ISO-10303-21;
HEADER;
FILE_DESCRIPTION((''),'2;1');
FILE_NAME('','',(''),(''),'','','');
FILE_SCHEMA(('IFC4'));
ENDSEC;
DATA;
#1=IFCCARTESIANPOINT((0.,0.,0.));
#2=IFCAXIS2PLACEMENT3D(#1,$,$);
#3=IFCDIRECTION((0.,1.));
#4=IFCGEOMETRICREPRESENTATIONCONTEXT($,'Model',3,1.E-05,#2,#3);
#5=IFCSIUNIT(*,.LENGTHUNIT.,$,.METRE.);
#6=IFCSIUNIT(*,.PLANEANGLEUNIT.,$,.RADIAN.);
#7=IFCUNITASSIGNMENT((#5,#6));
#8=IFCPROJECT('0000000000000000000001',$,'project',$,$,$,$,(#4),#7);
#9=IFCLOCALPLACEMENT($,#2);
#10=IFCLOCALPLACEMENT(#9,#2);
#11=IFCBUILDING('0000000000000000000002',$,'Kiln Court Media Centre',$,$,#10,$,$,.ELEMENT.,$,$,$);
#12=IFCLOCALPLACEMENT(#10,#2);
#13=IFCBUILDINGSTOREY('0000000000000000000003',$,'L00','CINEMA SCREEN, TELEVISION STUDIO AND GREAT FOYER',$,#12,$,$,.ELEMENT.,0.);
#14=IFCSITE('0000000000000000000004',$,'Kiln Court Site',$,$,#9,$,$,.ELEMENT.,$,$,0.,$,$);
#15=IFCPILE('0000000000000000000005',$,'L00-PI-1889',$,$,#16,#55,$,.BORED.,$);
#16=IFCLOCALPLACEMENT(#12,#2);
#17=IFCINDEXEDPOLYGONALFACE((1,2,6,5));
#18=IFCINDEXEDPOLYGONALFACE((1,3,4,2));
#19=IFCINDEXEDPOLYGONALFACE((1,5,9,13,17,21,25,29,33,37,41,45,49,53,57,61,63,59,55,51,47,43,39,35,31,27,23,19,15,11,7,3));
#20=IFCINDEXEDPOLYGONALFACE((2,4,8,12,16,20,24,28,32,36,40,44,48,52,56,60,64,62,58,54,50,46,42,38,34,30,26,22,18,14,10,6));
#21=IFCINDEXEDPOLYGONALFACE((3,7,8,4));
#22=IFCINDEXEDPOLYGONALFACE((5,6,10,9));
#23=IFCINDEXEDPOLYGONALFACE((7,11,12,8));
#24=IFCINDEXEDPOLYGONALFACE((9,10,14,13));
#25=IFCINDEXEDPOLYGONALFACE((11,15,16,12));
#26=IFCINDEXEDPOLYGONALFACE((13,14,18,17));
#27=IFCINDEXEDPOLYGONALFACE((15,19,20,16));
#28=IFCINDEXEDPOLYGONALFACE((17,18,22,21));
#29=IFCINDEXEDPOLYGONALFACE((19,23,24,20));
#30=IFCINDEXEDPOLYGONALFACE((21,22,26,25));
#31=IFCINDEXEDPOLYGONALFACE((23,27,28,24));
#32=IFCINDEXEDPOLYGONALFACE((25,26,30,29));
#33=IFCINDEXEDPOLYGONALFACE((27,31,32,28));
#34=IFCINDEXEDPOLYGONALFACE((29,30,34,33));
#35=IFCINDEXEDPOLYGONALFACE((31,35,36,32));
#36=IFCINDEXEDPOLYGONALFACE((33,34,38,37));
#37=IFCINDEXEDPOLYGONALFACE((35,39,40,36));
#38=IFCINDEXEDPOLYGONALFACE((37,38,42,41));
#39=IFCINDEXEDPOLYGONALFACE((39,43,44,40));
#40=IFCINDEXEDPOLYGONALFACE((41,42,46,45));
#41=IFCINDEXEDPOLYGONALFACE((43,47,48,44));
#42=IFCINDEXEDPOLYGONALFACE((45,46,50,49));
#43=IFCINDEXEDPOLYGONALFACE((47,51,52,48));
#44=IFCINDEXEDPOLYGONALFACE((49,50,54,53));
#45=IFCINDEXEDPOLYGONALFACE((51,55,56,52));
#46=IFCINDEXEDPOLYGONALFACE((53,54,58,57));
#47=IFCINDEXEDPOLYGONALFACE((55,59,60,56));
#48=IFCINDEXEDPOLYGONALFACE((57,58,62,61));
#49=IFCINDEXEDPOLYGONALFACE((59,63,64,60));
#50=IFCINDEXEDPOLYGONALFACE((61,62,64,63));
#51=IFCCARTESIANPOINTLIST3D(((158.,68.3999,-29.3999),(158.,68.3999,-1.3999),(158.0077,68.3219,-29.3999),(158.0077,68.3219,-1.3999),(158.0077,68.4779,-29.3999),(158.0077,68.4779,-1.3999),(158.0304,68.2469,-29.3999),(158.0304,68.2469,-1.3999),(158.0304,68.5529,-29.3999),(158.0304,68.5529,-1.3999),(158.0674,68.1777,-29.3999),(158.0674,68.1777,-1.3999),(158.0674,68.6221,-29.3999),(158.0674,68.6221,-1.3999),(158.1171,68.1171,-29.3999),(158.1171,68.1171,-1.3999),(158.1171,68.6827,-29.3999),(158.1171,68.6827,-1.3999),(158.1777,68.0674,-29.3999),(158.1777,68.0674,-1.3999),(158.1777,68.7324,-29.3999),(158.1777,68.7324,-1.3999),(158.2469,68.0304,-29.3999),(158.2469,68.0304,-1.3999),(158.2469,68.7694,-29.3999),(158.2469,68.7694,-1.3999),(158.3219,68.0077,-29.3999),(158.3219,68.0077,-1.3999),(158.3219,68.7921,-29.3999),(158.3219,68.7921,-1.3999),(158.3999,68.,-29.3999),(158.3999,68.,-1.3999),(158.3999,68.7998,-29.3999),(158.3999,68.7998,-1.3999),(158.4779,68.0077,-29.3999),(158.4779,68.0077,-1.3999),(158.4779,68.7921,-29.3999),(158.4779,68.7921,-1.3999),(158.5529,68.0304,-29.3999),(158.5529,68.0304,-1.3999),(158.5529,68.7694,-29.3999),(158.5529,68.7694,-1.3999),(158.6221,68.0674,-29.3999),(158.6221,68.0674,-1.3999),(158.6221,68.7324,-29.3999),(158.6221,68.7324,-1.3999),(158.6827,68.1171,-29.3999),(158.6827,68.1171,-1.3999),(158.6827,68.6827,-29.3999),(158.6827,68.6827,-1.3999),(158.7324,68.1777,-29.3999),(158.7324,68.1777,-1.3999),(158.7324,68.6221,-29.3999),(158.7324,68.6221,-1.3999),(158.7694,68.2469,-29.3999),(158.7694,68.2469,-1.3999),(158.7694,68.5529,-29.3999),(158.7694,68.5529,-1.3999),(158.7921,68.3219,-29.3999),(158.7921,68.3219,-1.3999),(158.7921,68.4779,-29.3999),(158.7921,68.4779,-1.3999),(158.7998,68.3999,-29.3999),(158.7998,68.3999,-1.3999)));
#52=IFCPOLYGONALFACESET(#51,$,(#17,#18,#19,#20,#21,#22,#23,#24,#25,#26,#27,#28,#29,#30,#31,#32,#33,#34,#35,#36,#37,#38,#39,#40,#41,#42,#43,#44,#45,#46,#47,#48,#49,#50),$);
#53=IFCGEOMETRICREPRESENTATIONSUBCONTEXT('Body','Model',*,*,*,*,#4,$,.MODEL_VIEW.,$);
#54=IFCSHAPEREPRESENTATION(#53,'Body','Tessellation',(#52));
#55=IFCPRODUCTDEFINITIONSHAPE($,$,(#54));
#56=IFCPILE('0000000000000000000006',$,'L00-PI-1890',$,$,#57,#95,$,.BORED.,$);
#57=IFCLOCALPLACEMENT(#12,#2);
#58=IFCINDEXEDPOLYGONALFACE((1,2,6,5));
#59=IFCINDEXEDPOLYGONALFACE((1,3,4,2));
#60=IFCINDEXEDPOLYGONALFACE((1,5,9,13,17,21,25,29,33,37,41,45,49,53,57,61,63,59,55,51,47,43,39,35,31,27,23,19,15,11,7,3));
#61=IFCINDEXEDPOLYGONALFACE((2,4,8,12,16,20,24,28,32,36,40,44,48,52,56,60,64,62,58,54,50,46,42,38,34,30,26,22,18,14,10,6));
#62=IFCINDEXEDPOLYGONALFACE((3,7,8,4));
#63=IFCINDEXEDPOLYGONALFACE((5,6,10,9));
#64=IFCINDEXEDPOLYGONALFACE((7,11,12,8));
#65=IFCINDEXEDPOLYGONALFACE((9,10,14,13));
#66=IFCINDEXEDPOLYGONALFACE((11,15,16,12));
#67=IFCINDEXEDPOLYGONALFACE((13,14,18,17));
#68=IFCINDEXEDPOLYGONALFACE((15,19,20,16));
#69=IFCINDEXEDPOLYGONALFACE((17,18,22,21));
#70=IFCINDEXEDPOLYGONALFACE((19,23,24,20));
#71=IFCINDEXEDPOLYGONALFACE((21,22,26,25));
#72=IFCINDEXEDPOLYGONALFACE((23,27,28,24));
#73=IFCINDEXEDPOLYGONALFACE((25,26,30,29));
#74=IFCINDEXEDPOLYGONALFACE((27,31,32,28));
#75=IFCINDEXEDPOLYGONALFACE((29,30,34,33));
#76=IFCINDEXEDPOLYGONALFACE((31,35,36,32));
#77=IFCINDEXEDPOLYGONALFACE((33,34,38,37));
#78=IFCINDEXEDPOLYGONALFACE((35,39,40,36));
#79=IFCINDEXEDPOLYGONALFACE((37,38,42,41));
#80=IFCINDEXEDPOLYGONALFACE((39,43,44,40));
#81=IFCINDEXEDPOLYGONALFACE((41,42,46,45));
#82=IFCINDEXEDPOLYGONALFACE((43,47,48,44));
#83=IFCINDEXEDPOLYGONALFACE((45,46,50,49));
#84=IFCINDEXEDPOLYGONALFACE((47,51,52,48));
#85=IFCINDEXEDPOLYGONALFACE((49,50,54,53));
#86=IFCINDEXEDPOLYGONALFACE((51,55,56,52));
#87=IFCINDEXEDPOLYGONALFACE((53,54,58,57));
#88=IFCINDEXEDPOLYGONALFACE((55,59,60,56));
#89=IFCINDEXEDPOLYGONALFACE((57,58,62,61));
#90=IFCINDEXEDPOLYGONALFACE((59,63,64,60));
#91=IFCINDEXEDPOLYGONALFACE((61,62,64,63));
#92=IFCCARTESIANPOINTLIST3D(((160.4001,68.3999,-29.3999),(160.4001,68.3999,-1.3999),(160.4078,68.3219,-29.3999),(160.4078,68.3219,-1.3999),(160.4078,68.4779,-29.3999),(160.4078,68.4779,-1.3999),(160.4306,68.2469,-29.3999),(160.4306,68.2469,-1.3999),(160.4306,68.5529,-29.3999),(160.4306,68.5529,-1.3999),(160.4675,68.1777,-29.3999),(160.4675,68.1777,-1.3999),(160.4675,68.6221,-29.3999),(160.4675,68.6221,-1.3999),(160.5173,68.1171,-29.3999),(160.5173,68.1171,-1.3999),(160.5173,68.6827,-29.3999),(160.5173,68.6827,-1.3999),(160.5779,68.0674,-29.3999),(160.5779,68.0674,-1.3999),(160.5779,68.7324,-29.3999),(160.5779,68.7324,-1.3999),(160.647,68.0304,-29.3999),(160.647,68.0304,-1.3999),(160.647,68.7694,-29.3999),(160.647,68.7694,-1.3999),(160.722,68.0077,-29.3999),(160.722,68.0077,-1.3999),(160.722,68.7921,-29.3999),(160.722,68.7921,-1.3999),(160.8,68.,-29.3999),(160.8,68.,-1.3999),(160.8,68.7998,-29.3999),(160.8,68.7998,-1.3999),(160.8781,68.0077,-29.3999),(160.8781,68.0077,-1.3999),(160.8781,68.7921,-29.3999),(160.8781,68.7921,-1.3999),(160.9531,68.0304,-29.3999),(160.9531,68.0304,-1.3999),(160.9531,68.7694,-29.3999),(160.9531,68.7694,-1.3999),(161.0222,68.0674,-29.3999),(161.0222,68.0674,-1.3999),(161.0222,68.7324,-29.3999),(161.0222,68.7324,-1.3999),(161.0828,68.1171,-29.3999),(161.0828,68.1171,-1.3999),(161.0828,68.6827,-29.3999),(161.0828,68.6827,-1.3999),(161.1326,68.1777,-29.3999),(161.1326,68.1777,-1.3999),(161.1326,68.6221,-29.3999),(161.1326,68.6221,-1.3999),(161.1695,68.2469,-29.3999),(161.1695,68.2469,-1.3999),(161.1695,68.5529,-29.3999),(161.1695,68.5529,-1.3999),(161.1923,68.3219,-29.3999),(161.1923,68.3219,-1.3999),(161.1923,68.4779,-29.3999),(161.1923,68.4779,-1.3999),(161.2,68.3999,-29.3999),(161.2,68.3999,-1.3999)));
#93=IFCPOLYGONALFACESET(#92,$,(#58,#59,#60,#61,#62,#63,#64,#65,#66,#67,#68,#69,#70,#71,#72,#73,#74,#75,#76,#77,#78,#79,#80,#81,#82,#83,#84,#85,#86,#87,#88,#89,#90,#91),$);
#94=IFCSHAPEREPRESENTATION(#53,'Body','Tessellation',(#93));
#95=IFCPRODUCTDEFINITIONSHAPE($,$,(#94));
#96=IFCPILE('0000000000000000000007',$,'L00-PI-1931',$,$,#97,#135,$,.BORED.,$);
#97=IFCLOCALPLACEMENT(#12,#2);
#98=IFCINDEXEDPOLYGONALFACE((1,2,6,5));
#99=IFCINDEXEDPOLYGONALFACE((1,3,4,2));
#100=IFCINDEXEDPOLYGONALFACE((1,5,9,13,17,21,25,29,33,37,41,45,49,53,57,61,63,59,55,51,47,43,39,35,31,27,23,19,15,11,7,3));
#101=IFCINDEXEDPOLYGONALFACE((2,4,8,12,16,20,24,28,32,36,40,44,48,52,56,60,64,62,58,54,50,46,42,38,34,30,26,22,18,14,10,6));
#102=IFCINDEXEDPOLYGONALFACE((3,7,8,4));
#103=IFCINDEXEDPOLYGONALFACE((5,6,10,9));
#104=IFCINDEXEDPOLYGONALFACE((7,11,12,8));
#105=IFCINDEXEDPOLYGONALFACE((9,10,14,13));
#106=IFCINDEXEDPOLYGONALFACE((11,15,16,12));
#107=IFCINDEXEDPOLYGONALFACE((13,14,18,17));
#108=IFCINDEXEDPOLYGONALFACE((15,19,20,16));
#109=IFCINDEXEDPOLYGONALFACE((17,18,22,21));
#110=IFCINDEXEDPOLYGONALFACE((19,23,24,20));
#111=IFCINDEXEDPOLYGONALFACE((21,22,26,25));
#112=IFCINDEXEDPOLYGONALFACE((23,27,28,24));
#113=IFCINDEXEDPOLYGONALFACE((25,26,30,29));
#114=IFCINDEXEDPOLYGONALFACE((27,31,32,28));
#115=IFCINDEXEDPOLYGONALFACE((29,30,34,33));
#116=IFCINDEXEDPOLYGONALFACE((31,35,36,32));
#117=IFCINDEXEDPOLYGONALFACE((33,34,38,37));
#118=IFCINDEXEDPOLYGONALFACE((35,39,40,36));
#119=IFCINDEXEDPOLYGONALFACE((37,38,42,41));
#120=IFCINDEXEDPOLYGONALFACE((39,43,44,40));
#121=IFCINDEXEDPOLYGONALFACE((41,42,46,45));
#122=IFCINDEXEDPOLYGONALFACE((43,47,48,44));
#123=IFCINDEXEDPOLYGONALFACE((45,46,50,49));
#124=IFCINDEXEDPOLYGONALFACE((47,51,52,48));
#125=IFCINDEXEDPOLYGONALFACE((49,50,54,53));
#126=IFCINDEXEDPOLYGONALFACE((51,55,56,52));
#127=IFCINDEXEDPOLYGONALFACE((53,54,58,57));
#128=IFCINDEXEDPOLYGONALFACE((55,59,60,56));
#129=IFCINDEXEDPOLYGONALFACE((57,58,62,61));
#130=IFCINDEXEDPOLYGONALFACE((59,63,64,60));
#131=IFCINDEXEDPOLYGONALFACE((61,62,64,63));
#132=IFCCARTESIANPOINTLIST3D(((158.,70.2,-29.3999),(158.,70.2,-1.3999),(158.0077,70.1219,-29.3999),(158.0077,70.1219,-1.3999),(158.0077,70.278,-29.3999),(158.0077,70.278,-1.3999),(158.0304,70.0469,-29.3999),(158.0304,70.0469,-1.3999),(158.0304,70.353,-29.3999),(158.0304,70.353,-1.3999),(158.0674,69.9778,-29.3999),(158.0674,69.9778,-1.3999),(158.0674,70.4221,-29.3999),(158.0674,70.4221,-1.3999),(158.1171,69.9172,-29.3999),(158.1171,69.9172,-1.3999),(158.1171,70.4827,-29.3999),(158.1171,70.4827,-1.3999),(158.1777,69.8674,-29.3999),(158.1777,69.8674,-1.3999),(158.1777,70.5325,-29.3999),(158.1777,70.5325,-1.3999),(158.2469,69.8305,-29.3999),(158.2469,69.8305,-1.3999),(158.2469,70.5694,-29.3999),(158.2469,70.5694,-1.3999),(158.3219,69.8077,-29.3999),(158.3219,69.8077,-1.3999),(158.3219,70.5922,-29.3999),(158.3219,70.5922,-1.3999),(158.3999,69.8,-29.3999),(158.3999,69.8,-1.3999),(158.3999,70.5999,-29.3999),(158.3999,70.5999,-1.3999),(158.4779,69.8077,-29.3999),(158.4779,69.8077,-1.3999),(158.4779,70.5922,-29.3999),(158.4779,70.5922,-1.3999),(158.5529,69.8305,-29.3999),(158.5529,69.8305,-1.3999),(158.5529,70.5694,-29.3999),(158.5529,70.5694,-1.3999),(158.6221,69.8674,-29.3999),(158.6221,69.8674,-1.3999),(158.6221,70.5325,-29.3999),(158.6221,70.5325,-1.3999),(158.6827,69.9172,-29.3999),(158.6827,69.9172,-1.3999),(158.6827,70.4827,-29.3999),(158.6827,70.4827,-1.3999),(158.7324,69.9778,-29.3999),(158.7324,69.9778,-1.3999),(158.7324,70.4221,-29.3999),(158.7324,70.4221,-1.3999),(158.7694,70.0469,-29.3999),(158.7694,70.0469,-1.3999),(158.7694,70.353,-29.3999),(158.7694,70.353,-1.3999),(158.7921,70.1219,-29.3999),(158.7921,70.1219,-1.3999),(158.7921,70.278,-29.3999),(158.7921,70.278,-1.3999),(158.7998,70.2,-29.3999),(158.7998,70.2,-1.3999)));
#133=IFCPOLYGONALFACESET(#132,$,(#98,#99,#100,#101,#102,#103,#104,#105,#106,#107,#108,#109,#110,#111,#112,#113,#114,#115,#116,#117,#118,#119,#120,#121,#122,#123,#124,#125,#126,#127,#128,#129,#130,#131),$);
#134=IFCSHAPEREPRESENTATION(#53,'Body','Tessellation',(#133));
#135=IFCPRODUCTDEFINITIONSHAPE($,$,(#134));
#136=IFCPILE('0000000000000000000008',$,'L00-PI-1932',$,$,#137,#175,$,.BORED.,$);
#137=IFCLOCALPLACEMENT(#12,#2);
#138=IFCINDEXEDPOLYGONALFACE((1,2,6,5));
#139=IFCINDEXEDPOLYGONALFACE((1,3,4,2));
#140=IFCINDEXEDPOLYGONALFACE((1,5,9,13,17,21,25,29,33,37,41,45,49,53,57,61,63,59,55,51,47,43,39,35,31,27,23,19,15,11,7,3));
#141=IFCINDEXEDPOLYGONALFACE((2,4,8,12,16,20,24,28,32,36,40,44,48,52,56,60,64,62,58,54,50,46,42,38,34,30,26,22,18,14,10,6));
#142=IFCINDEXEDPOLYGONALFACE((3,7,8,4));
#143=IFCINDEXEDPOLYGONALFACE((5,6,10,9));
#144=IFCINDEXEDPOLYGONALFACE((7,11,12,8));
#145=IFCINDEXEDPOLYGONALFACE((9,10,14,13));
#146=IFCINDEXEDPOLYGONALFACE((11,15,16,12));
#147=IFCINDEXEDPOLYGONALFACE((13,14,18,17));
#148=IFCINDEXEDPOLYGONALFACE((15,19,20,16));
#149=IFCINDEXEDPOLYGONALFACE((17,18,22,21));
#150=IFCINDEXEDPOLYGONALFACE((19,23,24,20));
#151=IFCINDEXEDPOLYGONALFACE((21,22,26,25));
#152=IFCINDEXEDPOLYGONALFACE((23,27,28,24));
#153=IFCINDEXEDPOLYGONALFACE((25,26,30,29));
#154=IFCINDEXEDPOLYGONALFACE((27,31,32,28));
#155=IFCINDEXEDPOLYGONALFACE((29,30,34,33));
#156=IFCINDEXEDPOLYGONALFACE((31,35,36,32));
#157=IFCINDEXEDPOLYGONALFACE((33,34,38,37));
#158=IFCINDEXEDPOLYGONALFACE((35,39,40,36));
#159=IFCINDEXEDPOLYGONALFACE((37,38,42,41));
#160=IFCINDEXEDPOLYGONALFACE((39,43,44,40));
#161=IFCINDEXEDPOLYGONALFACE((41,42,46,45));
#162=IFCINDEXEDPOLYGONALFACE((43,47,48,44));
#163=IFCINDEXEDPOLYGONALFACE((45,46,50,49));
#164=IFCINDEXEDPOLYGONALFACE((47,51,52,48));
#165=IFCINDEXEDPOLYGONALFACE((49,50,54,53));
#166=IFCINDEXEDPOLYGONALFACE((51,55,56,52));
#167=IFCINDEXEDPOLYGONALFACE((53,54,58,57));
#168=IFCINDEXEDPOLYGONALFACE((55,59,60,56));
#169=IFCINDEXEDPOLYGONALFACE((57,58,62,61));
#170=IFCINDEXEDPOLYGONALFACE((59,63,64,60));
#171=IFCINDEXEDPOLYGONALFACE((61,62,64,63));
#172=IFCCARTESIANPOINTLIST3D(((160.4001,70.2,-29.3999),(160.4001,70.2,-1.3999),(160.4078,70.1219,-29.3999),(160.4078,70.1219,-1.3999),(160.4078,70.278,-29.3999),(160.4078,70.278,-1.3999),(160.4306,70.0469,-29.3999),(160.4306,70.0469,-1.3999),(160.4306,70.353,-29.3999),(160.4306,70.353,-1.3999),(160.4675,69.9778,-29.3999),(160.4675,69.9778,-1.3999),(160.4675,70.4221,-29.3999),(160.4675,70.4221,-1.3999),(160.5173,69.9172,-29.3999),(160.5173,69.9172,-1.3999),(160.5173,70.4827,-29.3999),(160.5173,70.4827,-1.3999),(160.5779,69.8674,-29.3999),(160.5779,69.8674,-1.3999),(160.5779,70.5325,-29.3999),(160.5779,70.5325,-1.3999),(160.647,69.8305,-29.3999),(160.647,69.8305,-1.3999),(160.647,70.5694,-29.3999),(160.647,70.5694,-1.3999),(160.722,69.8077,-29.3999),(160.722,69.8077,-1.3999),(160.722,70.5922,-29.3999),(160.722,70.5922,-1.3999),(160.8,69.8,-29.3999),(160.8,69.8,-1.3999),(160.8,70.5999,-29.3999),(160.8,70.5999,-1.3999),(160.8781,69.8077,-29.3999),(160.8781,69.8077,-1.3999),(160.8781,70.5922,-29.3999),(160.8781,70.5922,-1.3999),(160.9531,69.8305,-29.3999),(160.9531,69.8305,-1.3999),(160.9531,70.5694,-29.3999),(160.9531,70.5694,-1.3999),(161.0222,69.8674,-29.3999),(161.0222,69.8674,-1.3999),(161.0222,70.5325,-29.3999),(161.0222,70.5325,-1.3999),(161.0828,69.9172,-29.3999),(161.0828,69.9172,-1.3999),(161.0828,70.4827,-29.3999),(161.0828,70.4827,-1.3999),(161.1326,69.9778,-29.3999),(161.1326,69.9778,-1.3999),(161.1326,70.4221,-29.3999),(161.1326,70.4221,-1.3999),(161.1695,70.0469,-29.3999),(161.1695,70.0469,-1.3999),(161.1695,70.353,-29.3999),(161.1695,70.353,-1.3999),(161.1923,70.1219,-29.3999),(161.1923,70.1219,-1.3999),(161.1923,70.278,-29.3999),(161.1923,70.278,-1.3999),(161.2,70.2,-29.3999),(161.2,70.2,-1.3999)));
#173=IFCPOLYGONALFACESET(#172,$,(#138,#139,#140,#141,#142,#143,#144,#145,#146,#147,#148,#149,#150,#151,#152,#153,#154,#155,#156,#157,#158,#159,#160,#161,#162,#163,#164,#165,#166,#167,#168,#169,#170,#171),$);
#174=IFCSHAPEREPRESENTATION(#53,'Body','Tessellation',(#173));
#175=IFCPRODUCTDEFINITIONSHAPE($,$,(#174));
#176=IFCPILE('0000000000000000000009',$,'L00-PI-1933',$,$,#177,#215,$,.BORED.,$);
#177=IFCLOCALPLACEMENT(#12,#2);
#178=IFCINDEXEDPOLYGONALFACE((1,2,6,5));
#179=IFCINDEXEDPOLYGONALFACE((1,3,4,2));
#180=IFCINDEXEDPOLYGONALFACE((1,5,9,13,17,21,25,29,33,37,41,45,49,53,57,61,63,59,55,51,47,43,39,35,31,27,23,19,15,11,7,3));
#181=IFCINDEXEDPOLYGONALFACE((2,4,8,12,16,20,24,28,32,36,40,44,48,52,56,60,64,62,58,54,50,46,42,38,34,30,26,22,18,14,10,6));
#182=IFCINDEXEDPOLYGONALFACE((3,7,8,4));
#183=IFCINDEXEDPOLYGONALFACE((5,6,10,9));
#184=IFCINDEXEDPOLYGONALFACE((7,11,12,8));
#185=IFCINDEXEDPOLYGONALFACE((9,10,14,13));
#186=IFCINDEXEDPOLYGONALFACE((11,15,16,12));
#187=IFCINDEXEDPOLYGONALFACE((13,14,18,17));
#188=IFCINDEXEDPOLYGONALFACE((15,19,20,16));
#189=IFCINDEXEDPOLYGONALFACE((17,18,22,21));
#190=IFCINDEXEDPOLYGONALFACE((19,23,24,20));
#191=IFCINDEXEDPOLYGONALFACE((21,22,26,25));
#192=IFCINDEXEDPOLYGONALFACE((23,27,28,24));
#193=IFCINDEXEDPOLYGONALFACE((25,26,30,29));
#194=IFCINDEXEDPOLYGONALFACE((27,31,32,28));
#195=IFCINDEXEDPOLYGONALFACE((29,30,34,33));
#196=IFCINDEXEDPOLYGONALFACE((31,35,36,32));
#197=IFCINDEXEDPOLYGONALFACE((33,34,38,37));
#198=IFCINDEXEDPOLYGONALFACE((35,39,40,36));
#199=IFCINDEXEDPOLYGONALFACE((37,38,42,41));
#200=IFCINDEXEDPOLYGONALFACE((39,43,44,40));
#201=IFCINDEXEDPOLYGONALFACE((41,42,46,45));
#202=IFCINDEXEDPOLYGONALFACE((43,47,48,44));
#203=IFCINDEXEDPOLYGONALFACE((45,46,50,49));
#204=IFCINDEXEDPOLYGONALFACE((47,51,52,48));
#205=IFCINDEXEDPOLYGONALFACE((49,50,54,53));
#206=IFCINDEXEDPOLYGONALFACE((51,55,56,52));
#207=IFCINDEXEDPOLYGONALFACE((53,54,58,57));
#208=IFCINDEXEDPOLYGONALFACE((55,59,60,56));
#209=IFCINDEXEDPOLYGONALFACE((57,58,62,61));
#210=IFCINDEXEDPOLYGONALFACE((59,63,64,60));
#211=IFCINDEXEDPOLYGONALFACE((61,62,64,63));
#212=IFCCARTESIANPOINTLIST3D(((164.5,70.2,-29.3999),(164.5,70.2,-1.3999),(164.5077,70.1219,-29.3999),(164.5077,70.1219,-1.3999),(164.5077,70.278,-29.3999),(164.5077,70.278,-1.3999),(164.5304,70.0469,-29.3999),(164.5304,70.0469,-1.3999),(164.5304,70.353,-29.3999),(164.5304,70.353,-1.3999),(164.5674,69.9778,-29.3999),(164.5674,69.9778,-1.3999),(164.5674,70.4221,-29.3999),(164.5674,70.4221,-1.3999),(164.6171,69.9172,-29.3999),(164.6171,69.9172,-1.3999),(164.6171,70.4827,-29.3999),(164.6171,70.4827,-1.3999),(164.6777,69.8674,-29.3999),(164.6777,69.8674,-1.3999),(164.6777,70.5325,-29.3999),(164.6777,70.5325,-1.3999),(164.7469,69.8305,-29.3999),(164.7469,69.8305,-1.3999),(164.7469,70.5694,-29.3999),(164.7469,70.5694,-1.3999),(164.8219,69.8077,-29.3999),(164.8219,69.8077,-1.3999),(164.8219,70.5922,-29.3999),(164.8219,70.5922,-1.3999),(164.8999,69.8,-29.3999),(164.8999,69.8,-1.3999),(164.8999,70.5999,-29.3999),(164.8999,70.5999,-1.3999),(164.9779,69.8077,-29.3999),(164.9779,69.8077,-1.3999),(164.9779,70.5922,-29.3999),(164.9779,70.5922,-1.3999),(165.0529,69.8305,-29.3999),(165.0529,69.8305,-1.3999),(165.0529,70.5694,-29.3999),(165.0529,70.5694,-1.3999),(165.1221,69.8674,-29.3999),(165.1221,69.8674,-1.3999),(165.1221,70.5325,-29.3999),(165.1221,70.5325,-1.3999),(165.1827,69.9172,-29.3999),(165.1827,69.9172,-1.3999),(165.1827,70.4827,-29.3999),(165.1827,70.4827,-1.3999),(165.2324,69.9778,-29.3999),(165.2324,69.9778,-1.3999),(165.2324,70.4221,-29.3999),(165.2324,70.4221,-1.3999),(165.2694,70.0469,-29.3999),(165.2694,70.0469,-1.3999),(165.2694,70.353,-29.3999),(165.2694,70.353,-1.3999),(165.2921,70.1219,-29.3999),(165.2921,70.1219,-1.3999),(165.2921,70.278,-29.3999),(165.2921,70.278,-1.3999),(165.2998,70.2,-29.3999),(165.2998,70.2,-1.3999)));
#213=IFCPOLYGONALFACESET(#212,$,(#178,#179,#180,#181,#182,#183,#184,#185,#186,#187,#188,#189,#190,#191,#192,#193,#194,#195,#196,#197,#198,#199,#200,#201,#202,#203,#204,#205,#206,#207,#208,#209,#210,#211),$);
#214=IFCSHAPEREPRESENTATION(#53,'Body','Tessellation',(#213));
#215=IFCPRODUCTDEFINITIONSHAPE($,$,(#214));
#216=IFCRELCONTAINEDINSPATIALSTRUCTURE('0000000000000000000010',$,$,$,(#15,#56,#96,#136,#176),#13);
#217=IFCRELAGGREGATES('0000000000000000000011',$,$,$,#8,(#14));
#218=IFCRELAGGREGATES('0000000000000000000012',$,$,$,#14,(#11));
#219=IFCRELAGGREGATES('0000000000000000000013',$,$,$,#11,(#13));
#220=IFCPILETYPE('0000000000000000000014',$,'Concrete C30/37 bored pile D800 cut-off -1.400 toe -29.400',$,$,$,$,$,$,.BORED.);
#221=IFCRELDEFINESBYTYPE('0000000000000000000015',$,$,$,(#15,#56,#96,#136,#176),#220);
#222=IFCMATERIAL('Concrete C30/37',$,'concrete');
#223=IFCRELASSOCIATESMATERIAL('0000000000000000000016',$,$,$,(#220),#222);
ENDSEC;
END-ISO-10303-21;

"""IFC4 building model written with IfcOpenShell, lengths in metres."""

from ifc_helpers import new_model, si_unit, direction, frame, origin, origin_2d, place, context, subcontext, project, spatial, circle, extrude, material, material_profile, profile_set, type_object, element, save


model = new_model("IFC4")

# Units and contexts
model_context = context("Model", 3, precision=1e-05, world=origin(), true_north=direction((0.0, 1.0)))
body_context = subcontext(model_context, "Body", "Model", "MODEL_VIEW")
ifc_project = project(units=[si_unit("LENGTHUNIT", "METRE"), si_unit("PLANEANGLEUNIT", "RADIAN")], contexts=[model_context])

# Site, building, storey
site_placement = place(None, origin())
site = spatial("IfcSite", under=ifc_project, at=site_placement, Name="Kiln Court Site", CompositionType="ELEMENT", RefElevation=0.0)
building_placement = place(site_placement, origin())
building = spatial("IfcBuilding", under=site, at=building_placement, Name="Kiln Court Media Centre", CompositionType="ELEMENT")
storey_placement = place(building_placement, origin())
storey = spatial("IfcBuildingStorey", under=building, at=storey_placement, Name="L00", Description="CINEMA SCREEN, TELEVISION STUDIO AND GREAT FOYER", CompositionType="ELEMENT", Elevation=0.0)

# Piles
ifc_material_1 = material(Name="Concrete C30/37", Category="concrete")
ifc_material_profile_1 = material_profile(ifc_material_1, circle(Radius=0.3999, at=origin_2d()), Name="PILE D800")
ifc_profile_set_1 = profile_set([ifc_material_profile_1], Name="Concrete C30/37")
pile_type = type_object("IfcPileType", Name="Concrete C30/37 bored pile D800 cut-off -1.400 toe -29.400", PredefinedType="BORED", material=ifc_profile_set_1)
for number, where, z_axis, x_axis, name in (
    (1, (158.3999, 68.3999, -1.3999), (0.0, 0.0, -1.0), (1.0, 0.0, 0.0), "L00-PI-1889"),
    (2, (160.8, 68.3999, -1.3999), (0.0, 0.0, -1.0), (1.0, 0.0, 0.0), "L00-PI-1890"),
    (3, (158.3999, 70.2, -1.3999), (0.0, 0.0, -1.0), (1.0, 0.0, 0.0), "L00-PI-1931"),
    (4, (160.8, 70.2, -1.3999), (0.0, 0.0, -1.0), (1.0, 0.0, 0.0), "L00-PI-1932"),
    (5, (164.8999, 70.2, -1.3999), (0.0, 0.0, -1.0), (1.0, 0.0, 0.0), "L00-PI-1933"),
):
    element("IfcPile", number, at=place(storey_placement, frame(where, z_axis=z_axis, x_axis=x_axis)), inside=storey, type_object=pile_type, Name=name, PredefinedType="BORED", context=body_context, shape_type="SweptSolid", body=[
        extrude(circle(Radius=0.3999, at=origin_2d()), origin(), (0.0, 0.0, 1.0), 28.0),
    ])

save(model, "model.ifc")
